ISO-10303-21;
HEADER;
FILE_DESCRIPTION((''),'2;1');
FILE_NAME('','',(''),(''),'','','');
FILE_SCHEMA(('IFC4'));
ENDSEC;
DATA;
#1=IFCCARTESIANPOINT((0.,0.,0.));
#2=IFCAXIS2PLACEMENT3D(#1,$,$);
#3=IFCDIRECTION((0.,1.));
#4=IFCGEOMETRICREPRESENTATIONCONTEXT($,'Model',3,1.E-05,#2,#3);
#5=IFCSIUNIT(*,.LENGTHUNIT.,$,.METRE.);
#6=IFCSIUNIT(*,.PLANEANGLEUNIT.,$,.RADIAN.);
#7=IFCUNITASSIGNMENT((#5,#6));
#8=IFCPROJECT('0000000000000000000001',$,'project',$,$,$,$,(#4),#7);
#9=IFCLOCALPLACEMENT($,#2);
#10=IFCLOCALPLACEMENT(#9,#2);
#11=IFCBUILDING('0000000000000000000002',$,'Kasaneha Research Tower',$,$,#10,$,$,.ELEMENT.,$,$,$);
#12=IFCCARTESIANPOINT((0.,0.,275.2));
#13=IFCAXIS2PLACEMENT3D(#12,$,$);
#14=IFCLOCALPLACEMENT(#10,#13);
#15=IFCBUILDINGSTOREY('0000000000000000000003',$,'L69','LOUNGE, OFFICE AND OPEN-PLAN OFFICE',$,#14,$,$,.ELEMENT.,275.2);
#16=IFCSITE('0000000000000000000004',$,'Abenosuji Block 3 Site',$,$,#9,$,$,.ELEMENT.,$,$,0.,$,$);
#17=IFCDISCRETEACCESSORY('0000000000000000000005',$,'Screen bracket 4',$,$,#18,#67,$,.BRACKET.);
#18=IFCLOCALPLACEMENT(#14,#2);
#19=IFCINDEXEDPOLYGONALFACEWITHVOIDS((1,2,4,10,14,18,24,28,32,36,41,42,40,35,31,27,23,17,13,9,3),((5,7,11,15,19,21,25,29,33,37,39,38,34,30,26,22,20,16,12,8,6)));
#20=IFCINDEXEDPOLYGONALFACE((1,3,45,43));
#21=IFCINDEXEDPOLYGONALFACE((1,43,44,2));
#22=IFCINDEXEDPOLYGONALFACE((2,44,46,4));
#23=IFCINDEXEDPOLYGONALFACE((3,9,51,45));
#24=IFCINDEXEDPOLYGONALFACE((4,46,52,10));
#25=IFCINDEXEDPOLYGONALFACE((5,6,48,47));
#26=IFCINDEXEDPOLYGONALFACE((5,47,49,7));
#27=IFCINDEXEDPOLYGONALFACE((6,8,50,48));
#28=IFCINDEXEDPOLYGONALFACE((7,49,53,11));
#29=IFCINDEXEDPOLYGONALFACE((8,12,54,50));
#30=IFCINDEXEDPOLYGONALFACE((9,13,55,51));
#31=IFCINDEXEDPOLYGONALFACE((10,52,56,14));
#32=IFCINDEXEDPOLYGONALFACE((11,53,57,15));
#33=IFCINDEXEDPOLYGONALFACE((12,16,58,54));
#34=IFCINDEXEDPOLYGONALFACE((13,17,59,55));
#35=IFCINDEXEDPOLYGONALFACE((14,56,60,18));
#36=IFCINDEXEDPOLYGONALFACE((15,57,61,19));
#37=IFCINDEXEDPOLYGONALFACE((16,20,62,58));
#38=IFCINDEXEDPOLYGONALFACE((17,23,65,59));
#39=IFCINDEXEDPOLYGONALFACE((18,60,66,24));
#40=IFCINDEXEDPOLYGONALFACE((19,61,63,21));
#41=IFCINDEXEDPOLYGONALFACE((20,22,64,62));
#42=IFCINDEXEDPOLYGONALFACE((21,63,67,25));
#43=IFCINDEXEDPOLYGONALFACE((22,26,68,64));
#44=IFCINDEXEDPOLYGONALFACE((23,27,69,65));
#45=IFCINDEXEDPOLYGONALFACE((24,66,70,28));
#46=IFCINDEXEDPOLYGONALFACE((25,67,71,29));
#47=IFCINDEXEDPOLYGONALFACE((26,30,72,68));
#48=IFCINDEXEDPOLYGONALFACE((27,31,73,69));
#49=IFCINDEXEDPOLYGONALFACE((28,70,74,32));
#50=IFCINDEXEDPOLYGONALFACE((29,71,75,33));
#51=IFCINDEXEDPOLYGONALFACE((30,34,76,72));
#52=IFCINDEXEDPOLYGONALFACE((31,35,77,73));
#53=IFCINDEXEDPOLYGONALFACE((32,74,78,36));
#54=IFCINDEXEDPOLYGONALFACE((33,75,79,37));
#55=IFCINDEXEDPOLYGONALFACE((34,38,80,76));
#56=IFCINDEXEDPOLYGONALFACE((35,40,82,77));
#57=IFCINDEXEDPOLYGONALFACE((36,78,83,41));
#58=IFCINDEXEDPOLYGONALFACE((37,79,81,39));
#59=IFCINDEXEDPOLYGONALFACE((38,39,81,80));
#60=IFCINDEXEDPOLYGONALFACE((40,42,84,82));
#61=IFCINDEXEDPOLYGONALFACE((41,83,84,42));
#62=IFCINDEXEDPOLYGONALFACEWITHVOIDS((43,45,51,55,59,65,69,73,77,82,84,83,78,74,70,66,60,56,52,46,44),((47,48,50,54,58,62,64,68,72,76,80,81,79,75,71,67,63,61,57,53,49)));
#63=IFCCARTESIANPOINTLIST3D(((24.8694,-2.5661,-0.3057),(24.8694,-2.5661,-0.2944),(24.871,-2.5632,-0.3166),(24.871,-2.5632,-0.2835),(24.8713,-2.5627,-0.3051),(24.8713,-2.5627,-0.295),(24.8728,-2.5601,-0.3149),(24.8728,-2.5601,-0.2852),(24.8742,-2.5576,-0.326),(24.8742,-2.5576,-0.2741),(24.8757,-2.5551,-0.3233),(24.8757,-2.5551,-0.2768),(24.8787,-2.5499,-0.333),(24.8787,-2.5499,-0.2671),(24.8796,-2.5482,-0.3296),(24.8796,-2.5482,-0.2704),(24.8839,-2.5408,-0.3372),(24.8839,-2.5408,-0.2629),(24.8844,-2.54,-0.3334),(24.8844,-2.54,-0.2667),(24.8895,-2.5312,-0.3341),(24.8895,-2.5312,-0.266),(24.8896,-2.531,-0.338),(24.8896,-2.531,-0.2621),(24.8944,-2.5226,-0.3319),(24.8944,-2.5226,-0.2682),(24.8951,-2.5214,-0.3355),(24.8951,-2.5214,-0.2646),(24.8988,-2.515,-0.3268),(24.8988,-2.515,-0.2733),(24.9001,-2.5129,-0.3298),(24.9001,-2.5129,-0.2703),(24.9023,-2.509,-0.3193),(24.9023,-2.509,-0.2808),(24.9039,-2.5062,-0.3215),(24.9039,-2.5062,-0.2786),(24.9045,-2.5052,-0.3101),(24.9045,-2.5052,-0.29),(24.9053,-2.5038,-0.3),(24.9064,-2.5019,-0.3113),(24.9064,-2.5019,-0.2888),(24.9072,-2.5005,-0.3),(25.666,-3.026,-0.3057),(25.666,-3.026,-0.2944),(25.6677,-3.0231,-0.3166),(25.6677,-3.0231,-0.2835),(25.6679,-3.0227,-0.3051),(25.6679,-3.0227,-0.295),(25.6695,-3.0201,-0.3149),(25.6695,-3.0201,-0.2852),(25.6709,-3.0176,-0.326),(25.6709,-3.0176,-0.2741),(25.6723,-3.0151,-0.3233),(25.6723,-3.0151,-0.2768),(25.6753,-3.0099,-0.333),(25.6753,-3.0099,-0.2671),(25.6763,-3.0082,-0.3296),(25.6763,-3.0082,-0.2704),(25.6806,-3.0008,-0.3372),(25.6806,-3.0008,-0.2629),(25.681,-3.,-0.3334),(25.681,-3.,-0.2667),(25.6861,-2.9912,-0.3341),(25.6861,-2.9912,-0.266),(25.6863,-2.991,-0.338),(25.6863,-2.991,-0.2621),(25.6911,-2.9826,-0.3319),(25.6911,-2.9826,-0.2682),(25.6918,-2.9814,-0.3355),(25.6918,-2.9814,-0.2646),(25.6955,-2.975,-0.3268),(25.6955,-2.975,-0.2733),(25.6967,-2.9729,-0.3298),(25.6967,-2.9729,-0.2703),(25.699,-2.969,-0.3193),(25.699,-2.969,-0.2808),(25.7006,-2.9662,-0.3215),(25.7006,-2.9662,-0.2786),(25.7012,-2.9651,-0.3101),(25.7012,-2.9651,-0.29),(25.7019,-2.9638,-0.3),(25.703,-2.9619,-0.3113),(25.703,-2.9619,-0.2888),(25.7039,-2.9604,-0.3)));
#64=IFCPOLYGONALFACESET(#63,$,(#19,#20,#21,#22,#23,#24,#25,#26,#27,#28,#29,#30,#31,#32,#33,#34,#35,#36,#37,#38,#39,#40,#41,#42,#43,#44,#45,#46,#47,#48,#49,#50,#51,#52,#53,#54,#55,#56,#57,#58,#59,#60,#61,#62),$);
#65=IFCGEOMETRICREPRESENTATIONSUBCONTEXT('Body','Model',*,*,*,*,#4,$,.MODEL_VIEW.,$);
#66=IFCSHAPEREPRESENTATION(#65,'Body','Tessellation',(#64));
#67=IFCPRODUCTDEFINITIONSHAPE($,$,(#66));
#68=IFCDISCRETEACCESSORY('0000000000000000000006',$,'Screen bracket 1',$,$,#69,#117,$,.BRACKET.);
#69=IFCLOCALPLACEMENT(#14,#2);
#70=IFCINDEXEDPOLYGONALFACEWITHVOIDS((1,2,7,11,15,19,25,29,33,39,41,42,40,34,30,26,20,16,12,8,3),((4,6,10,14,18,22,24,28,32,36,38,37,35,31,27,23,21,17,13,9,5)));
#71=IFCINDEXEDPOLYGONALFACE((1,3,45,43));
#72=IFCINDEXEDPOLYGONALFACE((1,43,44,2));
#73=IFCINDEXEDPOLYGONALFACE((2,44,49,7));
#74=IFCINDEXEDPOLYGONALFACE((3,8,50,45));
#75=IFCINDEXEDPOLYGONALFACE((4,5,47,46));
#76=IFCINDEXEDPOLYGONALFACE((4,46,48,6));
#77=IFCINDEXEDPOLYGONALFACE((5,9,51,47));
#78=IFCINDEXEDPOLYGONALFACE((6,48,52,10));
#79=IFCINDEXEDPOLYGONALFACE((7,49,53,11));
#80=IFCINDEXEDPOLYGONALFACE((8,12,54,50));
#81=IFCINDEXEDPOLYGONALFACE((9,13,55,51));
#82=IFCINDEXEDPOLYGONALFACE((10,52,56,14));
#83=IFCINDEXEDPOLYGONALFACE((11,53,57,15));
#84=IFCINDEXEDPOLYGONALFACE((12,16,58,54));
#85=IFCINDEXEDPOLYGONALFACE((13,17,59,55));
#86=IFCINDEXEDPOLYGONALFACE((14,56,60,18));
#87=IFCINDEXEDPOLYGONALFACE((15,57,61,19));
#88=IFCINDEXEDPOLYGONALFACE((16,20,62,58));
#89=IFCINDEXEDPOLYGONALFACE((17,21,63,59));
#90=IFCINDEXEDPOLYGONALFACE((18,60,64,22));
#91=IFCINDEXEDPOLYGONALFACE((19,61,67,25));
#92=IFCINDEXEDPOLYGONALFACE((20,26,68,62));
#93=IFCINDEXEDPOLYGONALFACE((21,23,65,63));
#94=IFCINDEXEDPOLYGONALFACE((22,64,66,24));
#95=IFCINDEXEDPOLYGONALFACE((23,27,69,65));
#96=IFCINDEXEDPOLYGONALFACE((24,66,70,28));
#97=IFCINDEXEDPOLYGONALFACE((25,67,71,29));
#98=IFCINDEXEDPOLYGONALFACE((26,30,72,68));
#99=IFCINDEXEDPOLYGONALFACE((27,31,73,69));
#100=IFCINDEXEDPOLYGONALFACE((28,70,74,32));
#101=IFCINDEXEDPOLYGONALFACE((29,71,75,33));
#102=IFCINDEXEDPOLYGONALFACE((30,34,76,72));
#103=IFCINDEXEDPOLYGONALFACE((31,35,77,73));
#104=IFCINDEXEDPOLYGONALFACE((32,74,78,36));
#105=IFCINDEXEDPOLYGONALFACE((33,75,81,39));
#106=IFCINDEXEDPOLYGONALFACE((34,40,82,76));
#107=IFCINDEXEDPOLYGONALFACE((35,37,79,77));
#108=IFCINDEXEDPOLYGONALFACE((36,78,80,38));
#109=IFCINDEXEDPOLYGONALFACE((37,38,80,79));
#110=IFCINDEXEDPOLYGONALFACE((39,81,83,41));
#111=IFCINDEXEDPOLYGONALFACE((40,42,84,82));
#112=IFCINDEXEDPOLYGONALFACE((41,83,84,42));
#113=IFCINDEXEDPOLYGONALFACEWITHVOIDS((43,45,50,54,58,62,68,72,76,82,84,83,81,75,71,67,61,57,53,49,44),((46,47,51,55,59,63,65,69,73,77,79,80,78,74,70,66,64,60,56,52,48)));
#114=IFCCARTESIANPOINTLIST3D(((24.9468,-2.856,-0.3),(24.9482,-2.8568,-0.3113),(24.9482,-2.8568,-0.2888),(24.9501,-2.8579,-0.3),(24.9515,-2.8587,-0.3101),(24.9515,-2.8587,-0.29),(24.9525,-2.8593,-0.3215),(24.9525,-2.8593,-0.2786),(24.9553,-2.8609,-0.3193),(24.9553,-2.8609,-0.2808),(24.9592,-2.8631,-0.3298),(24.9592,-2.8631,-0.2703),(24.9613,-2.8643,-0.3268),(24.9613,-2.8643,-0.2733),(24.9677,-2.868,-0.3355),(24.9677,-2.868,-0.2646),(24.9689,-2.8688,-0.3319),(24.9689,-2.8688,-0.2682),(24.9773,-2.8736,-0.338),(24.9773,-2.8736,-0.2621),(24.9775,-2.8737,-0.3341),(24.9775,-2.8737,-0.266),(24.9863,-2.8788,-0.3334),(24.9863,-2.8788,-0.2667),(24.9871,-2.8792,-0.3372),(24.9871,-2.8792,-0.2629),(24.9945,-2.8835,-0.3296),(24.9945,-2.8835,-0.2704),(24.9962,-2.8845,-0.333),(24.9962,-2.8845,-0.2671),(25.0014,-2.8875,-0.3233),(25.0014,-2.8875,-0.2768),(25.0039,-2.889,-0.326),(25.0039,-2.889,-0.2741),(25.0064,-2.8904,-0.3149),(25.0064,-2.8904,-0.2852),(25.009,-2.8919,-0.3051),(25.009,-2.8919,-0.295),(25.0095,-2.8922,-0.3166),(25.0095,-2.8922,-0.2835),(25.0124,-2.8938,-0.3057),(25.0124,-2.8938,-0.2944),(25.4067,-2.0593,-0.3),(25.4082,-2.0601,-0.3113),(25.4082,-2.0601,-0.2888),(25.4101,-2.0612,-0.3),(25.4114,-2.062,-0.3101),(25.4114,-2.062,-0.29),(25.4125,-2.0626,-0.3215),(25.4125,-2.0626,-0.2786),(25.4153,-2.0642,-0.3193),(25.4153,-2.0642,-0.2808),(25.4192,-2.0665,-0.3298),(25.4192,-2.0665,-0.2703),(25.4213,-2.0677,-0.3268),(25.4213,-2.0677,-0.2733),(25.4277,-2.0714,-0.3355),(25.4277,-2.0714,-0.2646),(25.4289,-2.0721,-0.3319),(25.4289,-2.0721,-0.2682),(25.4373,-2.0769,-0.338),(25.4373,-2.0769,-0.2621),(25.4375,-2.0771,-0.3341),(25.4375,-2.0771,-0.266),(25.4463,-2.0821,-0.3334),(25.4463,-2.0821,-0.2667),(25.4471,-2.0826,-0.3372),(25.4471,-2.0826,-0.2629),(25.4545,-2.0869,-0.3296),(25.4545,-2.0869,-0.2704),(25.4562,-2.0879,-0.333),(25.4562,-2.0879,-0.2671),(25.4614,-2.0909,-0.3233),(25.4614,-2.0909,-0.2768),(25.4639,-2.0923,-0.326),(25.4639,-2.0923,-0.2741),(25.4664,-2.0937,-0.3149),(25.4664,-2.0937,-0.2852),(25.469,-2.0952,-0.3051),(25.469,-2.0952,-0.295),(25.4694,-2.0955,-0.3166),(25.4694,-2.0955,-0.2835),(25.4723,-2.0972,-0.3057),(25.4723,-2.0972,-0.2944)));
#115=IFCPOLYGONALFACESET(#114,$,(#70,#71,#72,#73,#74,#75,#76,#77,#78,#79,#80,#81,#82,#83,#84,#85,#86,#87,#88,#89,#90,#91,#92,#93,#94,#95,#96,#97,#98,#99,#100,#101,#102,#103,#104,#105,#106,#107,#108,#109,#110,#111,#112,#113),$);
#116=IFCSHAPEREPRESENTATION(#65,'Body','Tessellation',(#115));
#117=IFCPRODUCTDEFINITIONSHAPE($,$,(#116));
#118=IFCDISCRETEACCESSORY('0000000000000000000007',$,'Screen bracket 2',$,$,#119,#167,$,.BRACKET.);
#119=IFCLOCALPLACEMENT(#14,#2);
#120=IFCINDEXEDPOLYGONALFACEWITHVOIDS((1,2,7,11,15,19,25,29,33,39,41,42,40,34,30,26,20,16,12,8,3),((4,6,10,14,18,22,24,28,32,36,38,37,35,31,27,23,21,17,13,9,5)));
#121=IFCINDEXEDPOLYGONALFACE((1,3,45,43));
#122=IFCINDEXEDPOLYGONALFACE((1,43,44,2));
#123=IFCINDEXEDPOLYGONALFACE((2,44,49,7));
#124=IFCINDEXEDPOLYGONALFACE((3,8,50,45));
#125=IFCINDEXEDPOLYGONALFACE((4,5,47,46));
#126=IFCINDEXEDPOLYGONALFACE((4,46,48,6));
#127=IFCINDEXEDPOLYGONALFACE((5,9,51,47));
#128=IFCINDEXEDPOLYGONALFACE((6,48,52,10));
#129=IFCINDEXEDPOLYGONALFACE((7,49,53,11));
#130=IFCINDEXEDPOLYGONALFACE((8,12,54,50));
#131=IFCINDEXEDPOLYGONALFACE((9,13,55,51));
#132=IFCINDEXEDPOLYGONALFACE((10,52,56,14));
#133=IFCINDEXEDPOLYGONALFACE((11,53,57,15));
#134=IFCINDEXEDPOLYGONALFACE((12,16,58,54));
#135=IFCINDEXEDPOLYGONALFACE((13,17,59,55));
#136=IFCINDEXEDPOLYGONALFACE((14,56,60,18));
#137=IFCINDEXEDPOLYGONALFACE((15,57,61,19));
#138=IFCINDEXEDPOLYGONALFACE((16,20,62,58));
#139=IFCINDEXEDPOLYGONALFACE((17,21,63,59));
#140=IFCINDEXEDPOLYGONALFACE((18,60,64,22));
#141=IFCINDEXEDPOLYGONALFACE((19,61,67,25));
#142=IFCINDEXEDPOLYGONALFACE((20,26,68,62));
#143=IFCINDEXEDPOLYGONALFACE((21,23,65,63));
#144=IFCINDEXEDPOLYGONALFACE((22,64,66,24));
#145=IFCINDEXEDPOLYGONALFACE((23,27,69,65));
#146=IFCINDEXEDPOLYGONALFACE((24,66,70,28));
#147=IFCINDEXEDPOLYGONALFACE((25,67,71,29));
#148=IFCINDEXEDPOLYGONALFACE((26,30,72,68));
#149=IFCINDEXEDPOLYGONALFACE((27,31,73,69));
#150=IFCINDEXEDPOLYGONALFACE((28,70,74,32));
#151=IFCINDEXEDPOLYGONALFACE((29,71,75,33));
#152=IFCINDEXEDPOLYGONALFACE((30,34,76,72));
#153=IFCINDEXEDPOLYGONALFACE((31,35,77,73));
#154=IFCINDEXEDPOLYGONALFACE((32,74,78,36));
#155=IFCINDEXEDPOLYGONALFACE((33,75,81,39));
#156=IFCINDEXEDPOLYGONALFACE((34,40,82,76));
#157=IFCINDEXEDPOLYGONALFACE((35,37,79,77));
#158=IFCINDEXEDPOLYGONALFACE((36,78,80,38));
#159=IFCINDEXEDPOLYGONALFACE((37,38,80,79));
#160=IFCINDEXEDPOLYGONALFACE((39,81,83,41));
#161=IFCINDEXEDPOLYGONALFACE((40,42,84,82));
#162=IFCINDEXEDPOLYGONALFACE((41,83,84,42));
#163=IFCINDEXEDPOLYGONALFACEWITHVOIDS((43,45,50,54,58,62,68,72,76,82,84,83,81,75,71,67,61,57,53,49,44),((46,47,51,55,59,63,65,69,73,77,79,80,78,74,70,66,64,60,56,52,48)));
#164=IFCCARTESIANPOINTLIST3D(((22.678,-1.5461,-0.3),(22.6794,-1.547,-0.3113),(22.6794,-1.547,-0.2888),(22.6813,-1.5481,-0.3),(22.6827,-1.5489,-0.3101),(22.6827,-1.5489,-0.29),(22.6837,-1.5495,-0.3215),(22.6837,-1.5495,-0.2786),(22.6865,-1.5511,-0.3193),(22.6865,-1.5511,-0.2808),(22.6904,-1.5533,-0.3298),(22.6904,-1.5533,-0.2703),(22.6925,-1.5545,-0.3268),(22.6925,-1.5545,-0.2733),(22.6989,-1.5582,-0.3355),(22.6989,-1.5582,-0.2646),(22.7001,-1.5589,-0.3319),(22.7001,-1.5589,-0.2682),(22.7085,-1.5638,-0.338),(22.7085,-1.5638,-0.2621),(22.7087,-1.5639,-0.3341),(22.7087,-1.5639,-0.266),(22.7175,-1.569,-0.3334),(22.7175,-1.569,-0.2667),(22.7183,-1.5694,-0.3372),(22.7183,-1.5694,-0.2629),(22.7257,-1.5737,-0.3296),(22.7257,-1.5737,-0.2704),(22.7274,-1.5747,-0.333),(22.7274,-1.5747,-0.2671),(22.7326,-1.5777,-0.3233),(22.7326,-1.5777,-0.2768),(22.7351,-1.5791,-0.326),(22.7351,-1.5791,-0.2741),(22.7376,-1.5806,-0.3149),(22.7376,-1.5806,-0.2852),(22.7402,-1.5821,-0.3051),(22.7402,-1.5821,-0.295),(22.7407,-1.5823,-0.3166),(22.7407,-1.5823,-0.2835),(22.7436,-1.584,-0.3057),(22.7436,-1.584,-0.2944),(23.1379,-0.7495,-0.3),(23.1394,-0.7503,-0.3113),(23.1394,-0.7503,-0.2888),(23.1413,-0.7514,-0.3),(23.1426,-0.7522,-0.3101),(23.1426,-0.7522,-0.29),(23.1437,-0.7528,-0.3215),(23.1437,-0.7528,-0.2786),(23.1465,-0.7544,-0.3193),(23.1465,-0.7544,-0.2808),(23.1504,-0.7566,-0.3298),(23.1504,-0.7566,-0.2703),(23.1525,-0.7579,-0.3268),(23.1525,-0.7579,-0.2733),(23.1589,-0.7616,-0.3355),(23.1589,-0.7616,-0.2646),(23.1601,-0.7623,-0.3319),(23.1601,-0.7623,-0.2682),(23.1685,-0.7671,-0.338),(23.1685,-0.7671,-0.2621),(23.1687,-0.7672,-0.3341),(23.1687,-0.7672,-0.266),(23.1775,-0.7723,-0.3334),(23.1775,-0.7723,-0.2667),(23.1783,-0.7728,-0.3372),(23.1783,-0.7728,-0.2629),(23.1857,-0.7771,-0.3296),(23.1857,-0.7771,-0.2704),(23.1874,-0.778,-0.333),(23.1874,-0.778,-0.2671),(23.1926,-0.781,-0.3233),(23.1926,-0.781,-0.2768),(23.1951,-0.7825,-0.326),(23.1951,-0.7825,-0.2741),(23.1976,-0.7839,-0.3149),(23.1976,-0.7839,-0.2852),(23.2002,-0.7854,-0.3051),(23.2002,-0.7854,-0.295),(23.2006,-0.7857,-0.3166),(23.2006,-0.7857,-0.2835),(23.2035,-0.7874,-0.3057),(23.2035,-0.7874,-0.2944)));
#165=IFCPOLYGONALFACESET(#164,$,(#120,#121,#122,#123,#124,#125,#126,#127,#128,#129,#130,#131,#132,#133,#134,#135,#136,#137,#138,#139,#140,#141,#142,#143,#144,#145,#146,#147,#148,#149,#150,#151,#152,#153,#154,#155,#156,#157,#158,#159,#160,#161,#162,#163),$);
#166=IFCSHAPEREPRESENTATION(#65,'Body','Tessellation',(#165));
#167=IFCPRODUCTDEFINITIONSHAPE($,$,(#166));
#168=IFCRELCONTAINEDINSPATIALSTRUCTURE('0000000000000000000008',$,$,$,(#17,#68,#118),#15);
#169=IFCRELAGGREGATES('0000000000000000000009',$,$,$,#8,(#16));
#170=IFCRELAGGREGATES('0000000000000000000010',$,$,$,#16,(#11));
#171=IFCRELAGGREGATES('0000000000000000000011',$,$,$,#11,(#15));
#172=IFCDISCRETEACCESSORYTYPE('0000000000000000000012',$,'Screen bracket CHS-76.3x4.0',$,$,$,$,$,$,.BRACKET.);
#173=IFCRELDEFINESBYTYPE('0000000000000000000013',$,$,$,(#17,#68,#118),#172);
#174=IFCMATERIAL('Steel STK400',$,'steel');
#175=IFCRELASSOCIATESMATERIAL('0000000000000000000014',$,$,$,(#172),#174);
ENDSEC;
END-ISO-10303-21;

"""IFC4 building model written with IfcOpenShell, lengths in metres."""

from ifc_helpers import new_model, si_unit, direction, frame, origin, origin_2d, place, context, subcontext, project, spatial, hollow_circle, extrude, material, material_profile, profile_set, type_object, element, save


model = new_model("IFC4")

# Units and contexts
model_context = context("Model", 3, precision=1e-05, world=origin(), true_north=direction((0.0, 1.0)))
body_context = subcontext(model_context, "Body", "Model", "MODEL_VIEW")
ifc_project = project(units=[si_unit("LENGTHUNIT", "METRE"), si_unit("PLANEANGLEUNIT", "RADIAN")], contexts=[model_context])

# Site, building, storey
site_placement = place(None, origin())
site = spatial("IfcSite", under=ifc_project, at=site_placement, Name="Abenosuji Block 3 Site", CompositionType="ELEMENT", RefElevation=0.0)
building_placement = place(site_placement, origin())
building = spatial("IfcBuilding", under=site, at=building_placement, Name="Kasaneha Research Tower", CompositionType="ELEMENT")
storey_placement = place(building_placement, frame((0.0, 0.0, 275.2)))
storey = spatial("IfcBuildingStorey", under=building, at=storey_placement, Name="L69", Description="LOUNGE, OFFICE AND OPEN-PLAN OFFICE", CompositionType="ELEMENT", Elevation=275.2)

# Discrete accessories
ifc_material_1 = material(Name="Steel STK400", Category="steel")
ifc_material_profile_1 = material_profile(ifc_material_1, hollow_circle(Radius=0.0381, WallThickness=0.0039, at=origin_2d()), Name="CHS-76.3x4.0")
ifc_profile_set_1 = profile_set([ifc_material_profile_1], Name="Steel STK400")
discrete_accessory_type = type_object("IfcDiscreteAccessoryType", Name="Screen bracket CHS-76.3x4.0", PredefinedType="BRACKET", material=ifc_profile_set_1)
for number, where, z_axis, x_axis, name in (
    (1, (24.8882, -2.5334, -0.3), (0.866013, -0.500021, 0.0), (0.500021, 0.866013, 0.0), "Screen bracket 4"),
    (2, (24.9797, -2.875, -0.3), (0.500021, 0.866013, 0.0), (-0.866013, 0.500021, 0.0), "Screen bracket 1"),
    (3, (22.7109, -1.5652, -0.3), (0.500021, 0.866013, 0.0), (-0.866013, 0.500021, 0.0), "Screen bracket 2"),
):
    element("IfcDiscreteAccessory", number, at=place(storey_placement, frame(where, z_axis=z_axis, x_axis=x_axis)), inside=storey, type_object=discrete_accessory_type, Name=name, PredefinedType="BRACKET", context=body_context, shape_type="SweptSolid", body=[
        extrude(hollow_circle(Radius=0.0381, WallThickness=0.0039, at=origin_2d()), origin(), (0.0, 0.0, 1.0), 0.9199),
    ])

save(model, "model.ifc")
